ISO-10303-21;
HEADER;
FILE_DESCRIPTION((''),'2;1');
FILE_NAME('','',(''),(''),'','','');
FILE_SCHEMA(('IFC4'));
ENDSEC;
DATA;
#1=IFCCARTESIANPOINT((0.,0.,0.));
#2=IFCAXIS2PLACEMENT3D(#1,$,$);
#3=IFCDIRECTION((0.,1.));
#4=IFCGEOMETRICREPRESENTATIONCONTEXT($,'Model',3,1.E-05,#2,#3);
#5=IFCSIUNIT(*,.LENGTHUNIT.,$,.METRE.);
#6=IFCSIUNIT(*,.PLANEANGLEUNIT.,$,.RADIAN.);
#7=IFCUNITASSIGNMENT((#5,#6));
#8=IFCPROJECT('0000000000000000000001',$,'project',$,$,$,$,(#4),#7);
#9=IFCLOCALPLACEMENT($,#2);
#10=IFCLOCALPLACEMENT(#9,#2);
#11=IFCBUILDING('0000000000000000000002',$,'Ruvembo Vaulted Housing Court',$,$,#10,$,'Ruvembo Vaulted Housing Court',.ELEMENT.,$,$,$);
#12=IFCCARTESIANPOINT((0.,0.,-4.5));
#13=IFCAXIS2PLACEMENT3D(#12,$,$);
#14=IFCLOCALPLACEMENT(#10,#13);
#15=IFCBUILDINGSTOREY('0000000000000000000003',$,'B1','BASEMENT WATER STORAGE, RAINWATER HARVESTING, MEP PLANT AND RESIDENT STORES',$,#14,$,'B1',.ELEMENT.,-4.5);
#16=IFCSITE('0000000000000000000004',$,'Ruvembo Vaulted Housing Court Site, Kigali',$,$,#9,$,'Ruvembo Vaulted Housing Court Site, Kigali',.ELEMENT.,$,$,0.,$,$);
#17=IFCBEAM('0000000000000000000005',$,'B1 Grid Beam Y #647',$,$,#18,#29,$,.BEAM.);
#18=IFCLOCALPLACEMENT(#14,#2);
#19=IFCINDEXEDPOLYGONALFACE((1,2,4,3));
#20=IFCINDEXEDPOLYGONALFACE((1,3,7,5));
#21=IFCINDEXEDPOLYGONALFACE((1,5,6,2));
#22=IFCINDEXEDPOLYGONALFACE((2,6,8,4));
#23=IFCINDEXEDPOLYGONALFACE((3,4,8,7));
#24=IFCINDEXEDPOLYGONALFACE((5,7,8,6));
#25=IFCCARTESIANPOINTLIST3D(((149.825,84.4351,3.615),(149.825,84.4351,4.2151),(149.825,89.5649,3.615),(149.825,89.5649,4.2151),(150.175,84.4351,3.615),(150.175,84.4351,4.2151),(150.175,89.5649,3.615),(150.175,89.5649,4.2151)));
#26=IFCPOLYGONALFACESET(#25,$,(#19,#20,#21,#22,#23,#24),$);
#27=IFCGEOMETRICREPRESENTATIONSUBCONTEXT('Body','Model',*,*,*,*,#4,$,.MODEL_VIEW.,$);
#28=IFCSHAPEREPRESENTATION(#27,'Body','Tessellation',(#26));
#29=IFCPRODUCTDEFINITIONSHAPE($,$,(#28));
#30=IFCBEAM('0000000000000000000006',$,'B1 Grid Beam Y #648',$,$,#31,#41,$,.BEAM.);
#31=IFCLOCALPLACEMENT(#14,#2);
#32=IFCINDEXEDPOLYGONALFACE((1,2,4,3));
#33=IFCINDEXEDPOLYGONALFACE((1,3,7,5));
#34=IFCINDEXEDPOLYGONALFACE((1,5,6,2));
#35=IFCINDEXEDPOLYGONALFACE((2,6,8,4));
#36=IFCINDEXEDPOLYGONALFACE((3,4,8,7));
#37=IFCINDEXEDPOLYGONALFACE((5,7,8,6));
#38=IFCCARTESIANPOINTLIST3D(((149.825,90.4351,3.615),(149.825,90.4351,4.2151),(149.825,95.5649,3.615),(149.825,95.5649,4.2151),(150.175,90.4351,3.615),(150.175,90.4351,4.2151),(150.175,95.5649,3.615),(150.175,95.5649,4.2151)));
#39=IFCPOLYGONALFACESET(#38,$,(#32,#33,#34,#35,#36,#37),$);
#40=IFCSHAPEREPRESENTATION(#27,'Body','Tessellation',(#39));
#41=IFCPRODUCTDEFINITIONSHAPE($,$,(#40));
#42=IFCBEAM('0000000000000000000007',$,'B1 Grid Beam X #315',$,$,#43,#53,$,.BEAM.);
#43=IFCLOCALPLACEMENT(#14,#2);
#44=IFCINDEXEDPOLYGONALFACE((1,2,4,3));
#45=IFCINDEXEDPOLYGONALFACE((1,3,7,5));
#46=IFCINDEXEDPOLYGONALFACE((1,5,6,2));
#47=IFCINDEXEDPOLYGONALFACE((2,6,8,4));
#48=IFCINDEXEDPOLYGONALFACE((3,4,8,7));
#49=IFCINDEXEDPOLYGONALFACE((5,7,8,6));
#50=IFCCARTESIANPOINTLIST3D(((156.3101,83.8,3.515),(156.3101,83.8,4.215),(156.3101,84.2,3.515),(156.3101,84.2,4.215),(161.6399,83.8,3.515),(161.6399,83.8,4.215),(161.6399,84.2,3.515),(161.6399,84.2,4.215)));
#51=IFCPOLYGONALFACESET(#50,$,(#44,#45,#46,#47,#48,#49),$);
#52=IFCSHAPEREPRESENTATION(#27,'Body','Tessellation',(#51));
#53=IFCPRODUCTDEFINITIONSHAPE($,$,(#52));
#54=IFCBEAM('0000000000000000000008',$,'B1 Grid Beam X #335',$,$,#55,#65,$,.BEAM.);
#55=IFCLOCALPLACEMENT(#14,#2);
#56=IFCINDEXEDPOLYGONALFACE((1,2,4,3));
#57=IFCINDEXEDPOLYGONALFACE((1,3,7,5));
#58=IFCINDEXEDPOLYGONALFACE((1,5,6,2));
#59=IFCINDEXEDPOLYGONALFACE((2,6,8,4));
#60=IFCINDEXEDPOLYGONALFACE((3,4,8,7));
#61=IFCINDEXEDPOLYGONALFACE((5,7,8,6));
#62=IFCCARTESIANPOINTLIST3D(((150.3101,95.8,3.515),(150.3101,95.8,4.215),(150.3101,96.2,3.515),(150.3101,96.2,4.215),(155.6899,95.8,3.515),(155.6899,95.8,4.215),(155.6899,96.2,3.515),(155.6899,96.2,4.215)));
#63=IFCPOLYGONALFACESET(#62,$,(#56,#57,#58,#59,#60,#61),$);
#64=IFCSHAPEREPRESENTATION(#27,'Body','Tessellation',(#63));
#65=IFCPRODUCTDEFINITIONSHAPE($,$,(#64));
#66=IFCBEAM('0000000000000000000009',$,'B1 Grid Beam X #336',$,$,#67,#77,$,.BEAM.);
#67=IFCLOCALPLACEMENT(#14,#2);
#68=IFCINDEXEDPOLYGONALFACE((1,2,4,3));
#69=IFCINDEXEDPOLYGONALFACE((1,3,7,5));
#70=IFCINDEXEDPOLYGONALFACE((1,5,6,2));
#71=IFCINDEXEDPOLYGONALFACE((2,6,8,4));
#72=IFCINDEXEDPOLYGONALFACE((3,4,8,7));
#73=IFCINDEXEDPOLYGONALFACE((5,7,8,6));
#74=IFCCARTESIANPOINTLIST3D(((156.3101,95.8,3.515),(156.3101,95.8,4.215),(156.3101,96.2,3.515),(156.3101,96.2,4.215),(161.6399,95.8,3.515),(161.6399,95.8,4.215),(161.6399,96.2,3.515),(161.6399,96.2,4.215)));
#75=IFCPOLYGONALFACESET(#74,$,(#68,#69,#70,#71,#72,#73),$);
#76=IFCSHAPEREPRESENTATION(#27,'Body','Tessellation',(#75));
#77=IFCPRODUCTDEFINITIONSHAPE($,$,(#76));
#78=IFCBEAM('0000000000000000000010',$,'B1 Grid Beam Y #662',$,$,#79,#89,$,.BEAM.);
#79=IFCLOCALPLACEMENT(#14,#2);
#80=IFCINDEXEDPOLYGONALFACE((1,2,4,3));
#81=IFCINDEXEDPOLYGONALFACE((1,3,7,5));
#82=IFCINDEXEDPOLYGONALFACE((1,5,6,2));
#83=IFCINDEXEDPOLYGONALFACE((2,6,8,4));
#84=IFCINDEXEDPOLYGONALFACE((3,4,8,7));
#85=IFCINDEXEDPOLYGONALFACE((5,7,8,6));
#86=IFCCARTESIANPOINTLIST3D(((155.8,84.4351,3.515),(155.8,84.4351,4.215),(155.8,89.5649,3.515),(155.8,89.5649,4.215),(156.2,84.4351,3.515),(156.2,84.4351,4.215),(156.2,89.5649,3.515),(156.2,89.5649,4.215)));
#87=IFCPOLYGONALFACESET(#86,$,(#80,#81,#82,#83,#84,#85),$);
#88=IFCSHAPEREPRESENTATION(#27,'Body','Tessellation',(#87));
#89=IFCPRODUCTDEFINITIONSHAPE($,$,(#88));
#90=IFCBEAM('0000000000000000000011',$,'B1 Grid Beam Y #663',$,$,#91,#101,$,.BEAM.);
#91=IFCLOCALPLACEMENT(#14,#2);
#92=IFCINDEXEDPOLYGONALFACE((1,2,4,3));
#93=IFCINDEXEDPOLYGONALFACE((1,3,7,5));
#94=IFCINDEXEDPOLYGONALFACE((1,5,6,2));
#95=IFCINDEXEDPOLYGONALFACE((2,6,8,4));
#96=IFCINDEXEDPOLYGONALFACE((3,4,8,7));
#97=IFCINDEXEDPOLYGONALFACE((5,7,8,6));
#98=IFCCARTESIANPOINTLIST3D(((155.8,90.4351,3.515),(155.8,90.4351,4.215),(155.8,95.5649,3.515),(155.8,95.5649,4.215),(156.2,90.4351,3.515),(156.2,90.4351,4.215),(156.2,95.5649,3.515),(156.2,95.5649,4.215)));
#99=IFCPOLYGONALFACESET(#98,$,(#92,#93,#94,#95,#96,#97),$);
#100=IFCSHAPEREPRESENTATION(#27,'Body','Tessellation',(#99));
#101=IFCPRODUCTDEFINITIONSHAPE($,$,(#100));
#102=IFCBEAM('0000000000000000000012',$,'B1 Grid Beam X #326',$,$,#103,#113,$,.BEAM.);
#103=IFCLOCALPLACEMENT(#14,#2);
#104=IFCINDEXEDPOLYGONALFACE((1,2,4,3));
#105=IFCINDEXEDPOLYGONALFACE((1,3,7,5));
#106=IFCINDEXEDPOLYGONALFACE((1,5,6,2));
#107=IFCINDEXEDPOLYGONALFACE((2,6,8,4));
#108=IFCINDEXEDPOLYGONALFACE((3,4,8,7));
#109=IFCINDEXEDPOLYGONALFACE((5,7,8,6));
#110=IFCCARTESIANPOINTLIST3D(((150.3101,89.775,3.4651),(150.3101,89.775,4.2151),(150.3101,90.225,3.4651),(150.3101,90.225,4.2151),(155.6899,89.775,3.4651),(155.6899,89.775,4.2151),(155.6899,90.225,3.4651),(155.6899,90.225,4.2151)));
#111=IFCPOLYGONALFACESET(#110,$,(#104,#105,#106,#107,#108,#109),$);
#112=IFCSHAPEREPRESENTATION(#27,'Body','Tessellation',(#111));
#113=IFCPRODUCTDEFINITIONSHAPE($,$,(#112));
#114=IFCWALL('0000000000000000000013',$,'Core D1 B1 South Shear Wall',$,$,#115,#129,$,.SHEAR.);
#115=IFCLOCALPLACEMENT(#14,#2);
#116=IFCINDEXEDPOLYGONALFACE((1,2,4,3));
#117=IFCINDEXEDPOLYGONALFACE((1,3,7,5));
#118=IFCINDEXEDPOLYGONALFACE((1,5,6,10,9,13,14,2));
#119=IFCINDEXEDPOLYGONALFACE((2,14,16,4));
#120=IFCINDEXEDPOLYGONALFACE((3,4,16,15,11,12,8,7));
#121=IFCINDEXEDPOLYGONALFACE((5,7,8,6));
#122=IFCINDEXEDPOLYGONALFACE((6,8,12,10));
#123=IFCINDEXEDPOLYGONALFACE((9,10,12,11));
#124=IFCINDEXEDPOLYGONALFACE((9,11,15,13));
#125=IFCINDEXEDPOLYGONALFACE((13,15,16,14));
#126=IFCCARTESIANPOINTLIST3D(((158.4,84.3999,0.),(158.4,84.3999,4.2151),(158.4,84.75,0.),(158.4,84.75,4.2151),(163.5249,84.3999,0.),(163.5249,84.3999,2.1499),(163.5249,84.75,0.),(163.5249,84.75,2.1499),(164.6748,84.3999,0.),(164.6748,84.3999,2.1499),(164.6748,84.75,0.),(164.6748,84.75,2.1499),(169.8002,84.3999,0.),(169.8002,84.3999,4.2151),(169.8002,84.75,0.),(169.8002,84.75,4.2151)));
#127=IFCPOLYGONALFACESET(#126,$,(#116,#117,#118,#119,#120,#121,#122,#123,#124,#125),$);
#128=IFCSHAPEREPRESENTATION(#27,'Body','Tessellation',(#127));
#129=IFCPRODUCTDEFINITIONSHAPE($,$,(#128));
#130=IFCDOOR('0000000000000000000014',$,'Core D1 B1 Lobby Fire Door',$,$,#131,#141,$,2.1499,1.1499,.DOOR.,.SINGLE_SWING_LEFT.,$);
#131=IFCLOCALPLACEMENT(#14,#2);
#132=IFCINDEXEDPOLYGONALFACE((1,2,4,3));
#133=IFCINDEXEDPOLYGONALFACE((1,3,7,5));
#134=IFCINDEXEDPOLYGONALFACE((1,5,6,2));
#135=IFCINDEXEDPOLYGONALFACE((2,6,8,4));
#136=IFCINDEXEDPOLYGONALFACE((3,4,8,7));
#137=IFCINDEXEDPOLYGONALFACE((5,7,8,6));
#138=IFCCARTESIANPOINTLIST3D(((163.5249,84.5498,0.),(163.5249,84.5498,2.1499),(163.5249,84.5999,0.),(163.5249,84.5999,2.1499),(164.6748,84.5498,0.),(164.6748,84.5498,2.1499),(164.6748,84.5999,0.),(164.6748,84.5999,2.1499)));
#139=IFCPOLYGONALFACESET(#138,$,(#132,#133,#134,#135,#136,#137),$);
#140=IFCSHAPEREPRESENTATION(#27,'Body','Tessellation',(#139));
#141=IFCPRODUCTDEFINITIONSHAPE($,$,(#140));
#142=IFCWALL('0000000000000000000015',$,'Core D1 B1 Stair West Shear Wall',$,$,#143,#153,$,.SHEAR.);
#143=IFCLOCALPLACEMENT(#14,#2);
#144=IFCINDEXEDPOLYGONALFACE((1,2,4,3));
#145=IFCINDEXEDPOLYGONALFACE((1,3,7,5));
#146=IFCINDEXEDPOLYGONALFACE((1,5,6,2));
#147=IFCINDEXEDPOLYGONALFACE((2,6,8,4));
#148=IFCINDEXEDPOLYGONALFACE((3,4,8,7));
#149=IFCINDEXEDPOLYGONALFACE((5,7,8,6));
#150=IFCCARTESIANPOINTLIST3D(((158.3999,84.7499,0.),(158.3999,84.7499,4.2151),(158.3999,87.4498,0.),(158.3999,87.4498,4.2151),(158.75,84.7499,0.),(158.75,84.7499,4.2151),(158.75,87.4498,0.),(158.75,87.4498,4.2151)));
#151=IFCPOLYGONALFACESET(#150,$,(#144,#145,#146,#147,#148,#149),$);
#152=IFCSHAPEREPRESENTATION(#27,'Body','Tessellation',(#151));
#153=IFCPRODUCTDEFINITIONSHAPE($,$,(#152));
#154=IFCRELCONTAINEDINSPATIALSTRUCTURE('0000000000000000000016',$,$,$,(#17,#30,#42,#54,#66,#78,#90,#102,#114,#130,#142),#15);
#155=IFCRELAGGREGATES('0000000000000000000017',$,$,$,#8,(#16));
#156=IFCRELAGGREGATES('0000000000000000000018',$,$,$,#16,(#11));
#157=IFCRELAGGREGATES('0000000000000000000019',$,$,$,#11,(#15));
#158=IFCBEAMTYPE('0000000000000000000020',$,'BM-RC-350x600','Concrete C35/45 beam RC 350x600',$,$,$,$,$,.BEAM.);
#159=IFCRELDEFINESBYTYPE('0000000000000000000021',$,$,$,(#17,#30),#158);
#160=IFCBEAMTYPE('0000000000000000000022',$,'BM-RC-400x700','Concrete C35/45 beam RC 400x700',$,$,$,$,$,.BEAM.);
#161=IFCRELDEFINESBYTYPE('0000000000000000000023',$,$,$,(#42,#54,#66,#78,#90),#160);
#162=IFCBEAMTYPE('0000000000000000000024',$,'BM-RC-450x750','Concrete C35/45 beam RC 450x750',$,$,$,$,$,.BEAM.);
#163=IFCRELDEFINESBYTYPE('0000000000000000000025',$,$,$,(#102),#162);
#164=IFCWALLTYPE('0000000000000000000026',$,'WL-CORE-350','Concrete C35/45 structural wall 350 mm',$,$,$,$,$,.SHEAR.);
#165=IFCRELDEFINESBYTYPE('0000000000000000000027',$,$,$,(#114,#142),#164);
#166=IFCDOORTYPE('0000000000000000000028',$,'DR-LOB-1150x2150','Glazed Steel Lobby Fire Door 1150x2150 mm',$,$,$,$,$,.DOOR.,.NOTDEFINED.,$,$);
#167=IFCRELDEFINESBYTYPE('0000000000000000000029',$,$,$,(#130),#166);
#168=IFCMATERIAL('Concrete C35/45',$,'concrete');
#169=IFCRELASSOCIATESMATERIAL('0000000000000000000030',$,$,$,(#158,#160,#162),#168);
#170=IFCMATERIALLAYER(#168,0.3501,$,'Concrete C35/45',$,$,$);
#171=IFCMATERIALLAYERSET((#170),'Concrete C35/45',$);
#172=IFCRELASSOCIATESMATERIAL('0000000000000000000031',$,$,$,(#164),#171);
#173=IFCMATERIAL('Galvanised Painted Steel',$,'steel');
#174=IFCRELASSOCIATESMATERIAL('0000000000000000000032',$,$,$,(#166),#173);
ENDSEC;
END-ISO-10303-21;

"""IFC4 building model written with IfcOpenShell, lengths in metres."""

from ifc_helpers import new_model, si_unit, direction, frame, frame_2d, origin, origin_2d, place, context, subcontext, project, spatial, rectangle, extrude, material, layer, layer_set, material_profile, profile_set, type_object, element, fill, save


model = new_model("IFC4")

# Units and contexts
model_context = context("Model", 3, precision=1e-05, world=origin(), true_north=direction((0.0, 1.0)))
body_context = subcontext(model_context, "Body", "Model", "MODEL_VIEW")
ifc_project = project(units=[si_unit("LENGTHUNIT", "METRE"), si_unit("PLANEANGLEUNIT", "RADIAN")], contexts=[model_context])

# Site, building, storey
site_placement = place(None, origin())
site = spatial("IfcSite", under=ifc_project, at=site_placement, Name="Ruvembo Vaulted Housing Court Site, Kigali", LongName="Ruvembo Vaulted Housing Court Site, Kigali", CompositionType="ELEMENT", RefElevation=0.0)
building_placement = place(site_placement, origin())
building = spatial("IfcBuilding", under=site, at=building_placement, Name="Ruvembo Vaulted Housing Court", LongName="Ruvembo Vaulted Housing Court", CompositionType="ELEMENT")
storey_placement = place(building_placement, frame((0.0, 0.0, -4.5)))
storey = spatial("IfcBuildingStorey", under=building, at=storey_placement, Name="B1", Description="BASEMENT WATER STORAGE, RAINWATER HARVESTING, MEP PLANT AND RESIDENT STORES", LongName="B1", CompositionType="ELEMENT", Elevation=-4.5)

# Shared definitions
ifc_material_1 = material(Name="Concrete C35/45", Category="concrete")

# Beams
ifc_material_profile_1 = material_profile(ifc_material_1, rectangle(XDim=0.3501, YDim=0.6001, at=origin_2d()), Name="RC 350x600")
ifc_profile_set_1 = profile_set([ifc_material_profile_1], Name="Concrete C35/45")
beam_type_1 = type_object("IfcBeamType", Name="BM-RC-350x600", Description="Concrete C35/45 beam RC 350x600", PredefinedType="BEAM", material=ifc_profile_set_1)
for number, where, z_axis, x_axis, name in (
    (1, (150.0, 84.4351, 3.915), (0.0, 1.0, 0.0), (-1.0, 0.0, 0.0), "B1 Grid Beam Y #647"),
    (2, (150.0, 90.4351, 3.915), (0.0, 1.0, 0.0), (-1.0, 0.0, 0.0), "B1 Grid Beam Y #648"),
):
    element("IfcBeam", number, at=place(storey_placement, frame(where, z_axis=z_axis, x_axis=x_axis)), inside=storey, type_object=beam_type_1, Name=name, PredefinedType="BEAM", context=body_context, shape_type="SweptSolid", body=[
        extrude(rectangle(XDim=0.3501, YDim=0.6001, at=origin_2d()), origin(), (0.0, 0.0, 1.0), 5.1299),
    ])
ifc_material_profile_2 = material_profile(ifc_material_1, rectangle(XDim=0.3999, YDim=0.7, at=origin_2d()), Name="RC 400x700")
ifc_profile_set_2 = profile_set([ifc_material_profile_2], Name="Concrete C35/45")
beam_type_2 = type_object("IfcBeamType", Name="BM-RC-400x700", Description="Concrete C35/45 beam RC 400x700", PredefinedType="BEAM", material=ifc_profile_set_2)
beam_1_placement = place(storey_placement, frame((156.3101, 84.0, 3.865), z_axis=(1.0, 0.0, 0.0), x_axis=(0.0, 1.0, 0.0)))
element("IfcBeam", 3, at=beam_1_placement, inside=storey, type_object=beam_type_2, Name="B1 Grid Beam X #315", PredefinedType="BEAM", context=body_context, shape_type="SweptSolid", body=[
    extrude(rectangle(XDim=0.3999, YDim=0.7, at=origin_2d()), origin(), (0.0, 0.0, 1.0), 5.3298),
])
beam_2_placement = place(storey_placement, frame((150.3101, 96.0, 3.865), z_axis=(1.0, 0.0, 0.0), x_axis=(0.0, 1.0, 0.0)))
element("IfcBeam", 4, at=beam_2_placement, inside=storey, type_object=beam_type_2, Name="B1 Grid Beam X #335", PredefinedType="BEAM", context=body_context, shape_type="SweptSolid", body=[
    extrude(rectangle(XDim=0.3999, YDim=0.7, at=origin_2d()), origin(), (0.0, 0.0, 1.0), 5.3799),
])
beam_3_placement = place(storey_placement, frame((156.3101, 96.0, 3.865), z_axis=(1.0, 0.0, 0.0), x_axis=(0.0, 1.0, 0.0)))
element("IfcBeam", 5, at=beam_3_placement, inside=storey, type_object=beam_type_2, Name="B1 Grid Beam X #336", PredefinedType="BEAM", context=body_context, shape_type="SweptSolid", body=[
    extrude(rectangle(XDim=0.3999, YDim=0.7, at=origin_2d()), origin(), (0.0, 0.0, 1.0), 5.3298),
])
for number, where, z_axis, x_axis, name in (
    (6, (156.0, 84.4351, 3.865), (0.0, 1.0, 0.0), (-1.0, 0.0, 0.0), "B1 Grid Beam Y #662"),
    (7, (156.0, 90.4351, 3.865), (0.0, 1.0, 0.0), (-1.0, 0.0, 0.0), "B1 Grid Beam Y #663"),
):
    element("IfcBeam", number, at=place(storey_placement, frame(where, z_axis=z_axis, x_axis=x_axis)), inside=storey, type_object=beam_type_2, Name=name, PredefinedType="BEAM", context=body_context, shape_type="SweptSolid", body=[
        extrude(rectangle(XDim=0.3999, YDim=0.7, at=origin_2d()), origin(), (0.0, 0.0, 1.0), 5.1299),
    ])
ifc_material_profile_3 = material_profile(ifc_material_1, rectangle(XDim=0.45, YDim=0.75, at=origin_2d()), Name="RC 450x750")
ifc_profile_set_3 = profile_set([ifc_material_profile_3], Name="Concrete C35/45")
beam_type_3 = type_object("IfcBeamType", Name="BM-RC-450x750", Description="Concrete C35/45 beam RC 450x750", PredefinedType="BEAM", material=ifc_profile_set_3)
beam_4_placement = place(storey_placement, frame((150.3101, 90.0, 3.8401), z_axis=(1.0, 0.0, 0.0), x_axis=(0.0, 1.0, 0.0)))
element("IfcBeam", 8, at=beam_4_placement, inside=storey, type_object=beam_type_3, Name="B1 Grid Beam X #326", PredefinedType="BEAM", context=body_context, shape_type="SweptSolid", body=[
    extrude(rectangle(XDim=0.45, YDim=0.75, at=origin_2d()), origin(), (0.0, 0.0, 1.0), 5.3799),
])

# Wall, opening, door
ifc_layer_1 = layer(ifc_material_1, 0.3501, Name="Concrete C35/45")
ifc_layer_set_1 = layer_set([ifc_layer_1], Name="Concrete C35/45")
wall_type = type_object("IfcWallType", Name="WL-CORE-350", Description="Concrete C35/45 structural wall 350 mm", PredefinedType="SHEAR", material=ifc_layer_set_1)
wall_1_placement = place(storey_placement, frame((158.3999, 84.575, 0.0), z_axis=(0.0, 0.0, 1.0), x_axis=(1.0, 0.0, 0.0)))
wall_1 = element("IfcWall", 9, at=wall_1_placement, inside=storey, type_object=wall_type, Name="Core D1 B1 South Shear Wall", PredefinedType="SHEAR", context=body_context, shape_type="SweptSolid", body=[
    extrude(rectangle(XDim=11.4001, YDim=0.3501, at=frame_2d((5.7002, 0.0))), origin(), (0.0, 0.0, 1.0), 4.2151),
])
opening_placement = place(wall_1_placement, frame((5.125, 0.0, 0.0)))
opening = element("IfcOpeningElement", 10, at=opening_placement, cuts=wall_1, PredefinedType="OPENING", context=body_context, shape_type="SweptSolid", body=[
    extrude(rectangle(XDim=1.1499, YDim=2.1499, at=frame_2d((0.575, 1.075))), frame((0.0, 0.1851, 0.0), z_axis=(0.0, -1.0, 0.0), x_axis=(1.0, 0.0, 0.0)), (0.0, 0.0, 1.0), 0.3701),
])
ifc_material_2 = material(Name="Galvanised Painted Steel", Category="steel")
door_type = type_object("IfcDoorType", Name="DR-LOB-1150x2150", Description="Glazed Steel Lobby Fire Door 1150x2150 mm", OperationType="NOTDEFINED", PredefinedType="DOOR", material=ifc_material_2)
door_placement = place(opening_placement, origin())
door = element("IfcDoor", 11, at=door_placement, inside=storey, type_object=door_type, Name="Core D1 B1 Lobby Fire Door", OperationType="SINGLE_SWING_LEFT", OverallHeight=2.1499, OverallWidth=1.1499, PredefinedType="DOOR", context=body_context, shape_type="SweptSolid", body=[
    extrude(rectangle(XDim=1.1499, YDim=2.1499, at=frame_2d((0.575, 1.075))), frame((0.0, 0.0249, 0.0), z_axis=(0.0, -1.0, 0.0), x_axis=(1.0, 0.0, 0.0)), (0.0, 0.0, 1.0), 0.05),
])
fill(opening, door)

# Wall
wall_2_placement = place(storey_placement, frame((158.575, 87.45, 0.0), z_axis=(0.0, 0.0, 1.0), x_axis=(0.0, -1.0, 0.0)))
element("IfcWall", 12, at=wall_2_placement, inside=storey, type_object=wall_type, Name="Core D1 B1 Stair West Shear Wall", PredefinedType="SHEAR", context=body_context, shape_type="SweptSolid", body=[
    extrude(rectangle(XDim=2.7, YDim=0.3501, at=frame_2d((1.3501, 0.0))), origin(), (0.0, 0.0, 1.0), 4.2151),
])

save(model, "model.ifc")
